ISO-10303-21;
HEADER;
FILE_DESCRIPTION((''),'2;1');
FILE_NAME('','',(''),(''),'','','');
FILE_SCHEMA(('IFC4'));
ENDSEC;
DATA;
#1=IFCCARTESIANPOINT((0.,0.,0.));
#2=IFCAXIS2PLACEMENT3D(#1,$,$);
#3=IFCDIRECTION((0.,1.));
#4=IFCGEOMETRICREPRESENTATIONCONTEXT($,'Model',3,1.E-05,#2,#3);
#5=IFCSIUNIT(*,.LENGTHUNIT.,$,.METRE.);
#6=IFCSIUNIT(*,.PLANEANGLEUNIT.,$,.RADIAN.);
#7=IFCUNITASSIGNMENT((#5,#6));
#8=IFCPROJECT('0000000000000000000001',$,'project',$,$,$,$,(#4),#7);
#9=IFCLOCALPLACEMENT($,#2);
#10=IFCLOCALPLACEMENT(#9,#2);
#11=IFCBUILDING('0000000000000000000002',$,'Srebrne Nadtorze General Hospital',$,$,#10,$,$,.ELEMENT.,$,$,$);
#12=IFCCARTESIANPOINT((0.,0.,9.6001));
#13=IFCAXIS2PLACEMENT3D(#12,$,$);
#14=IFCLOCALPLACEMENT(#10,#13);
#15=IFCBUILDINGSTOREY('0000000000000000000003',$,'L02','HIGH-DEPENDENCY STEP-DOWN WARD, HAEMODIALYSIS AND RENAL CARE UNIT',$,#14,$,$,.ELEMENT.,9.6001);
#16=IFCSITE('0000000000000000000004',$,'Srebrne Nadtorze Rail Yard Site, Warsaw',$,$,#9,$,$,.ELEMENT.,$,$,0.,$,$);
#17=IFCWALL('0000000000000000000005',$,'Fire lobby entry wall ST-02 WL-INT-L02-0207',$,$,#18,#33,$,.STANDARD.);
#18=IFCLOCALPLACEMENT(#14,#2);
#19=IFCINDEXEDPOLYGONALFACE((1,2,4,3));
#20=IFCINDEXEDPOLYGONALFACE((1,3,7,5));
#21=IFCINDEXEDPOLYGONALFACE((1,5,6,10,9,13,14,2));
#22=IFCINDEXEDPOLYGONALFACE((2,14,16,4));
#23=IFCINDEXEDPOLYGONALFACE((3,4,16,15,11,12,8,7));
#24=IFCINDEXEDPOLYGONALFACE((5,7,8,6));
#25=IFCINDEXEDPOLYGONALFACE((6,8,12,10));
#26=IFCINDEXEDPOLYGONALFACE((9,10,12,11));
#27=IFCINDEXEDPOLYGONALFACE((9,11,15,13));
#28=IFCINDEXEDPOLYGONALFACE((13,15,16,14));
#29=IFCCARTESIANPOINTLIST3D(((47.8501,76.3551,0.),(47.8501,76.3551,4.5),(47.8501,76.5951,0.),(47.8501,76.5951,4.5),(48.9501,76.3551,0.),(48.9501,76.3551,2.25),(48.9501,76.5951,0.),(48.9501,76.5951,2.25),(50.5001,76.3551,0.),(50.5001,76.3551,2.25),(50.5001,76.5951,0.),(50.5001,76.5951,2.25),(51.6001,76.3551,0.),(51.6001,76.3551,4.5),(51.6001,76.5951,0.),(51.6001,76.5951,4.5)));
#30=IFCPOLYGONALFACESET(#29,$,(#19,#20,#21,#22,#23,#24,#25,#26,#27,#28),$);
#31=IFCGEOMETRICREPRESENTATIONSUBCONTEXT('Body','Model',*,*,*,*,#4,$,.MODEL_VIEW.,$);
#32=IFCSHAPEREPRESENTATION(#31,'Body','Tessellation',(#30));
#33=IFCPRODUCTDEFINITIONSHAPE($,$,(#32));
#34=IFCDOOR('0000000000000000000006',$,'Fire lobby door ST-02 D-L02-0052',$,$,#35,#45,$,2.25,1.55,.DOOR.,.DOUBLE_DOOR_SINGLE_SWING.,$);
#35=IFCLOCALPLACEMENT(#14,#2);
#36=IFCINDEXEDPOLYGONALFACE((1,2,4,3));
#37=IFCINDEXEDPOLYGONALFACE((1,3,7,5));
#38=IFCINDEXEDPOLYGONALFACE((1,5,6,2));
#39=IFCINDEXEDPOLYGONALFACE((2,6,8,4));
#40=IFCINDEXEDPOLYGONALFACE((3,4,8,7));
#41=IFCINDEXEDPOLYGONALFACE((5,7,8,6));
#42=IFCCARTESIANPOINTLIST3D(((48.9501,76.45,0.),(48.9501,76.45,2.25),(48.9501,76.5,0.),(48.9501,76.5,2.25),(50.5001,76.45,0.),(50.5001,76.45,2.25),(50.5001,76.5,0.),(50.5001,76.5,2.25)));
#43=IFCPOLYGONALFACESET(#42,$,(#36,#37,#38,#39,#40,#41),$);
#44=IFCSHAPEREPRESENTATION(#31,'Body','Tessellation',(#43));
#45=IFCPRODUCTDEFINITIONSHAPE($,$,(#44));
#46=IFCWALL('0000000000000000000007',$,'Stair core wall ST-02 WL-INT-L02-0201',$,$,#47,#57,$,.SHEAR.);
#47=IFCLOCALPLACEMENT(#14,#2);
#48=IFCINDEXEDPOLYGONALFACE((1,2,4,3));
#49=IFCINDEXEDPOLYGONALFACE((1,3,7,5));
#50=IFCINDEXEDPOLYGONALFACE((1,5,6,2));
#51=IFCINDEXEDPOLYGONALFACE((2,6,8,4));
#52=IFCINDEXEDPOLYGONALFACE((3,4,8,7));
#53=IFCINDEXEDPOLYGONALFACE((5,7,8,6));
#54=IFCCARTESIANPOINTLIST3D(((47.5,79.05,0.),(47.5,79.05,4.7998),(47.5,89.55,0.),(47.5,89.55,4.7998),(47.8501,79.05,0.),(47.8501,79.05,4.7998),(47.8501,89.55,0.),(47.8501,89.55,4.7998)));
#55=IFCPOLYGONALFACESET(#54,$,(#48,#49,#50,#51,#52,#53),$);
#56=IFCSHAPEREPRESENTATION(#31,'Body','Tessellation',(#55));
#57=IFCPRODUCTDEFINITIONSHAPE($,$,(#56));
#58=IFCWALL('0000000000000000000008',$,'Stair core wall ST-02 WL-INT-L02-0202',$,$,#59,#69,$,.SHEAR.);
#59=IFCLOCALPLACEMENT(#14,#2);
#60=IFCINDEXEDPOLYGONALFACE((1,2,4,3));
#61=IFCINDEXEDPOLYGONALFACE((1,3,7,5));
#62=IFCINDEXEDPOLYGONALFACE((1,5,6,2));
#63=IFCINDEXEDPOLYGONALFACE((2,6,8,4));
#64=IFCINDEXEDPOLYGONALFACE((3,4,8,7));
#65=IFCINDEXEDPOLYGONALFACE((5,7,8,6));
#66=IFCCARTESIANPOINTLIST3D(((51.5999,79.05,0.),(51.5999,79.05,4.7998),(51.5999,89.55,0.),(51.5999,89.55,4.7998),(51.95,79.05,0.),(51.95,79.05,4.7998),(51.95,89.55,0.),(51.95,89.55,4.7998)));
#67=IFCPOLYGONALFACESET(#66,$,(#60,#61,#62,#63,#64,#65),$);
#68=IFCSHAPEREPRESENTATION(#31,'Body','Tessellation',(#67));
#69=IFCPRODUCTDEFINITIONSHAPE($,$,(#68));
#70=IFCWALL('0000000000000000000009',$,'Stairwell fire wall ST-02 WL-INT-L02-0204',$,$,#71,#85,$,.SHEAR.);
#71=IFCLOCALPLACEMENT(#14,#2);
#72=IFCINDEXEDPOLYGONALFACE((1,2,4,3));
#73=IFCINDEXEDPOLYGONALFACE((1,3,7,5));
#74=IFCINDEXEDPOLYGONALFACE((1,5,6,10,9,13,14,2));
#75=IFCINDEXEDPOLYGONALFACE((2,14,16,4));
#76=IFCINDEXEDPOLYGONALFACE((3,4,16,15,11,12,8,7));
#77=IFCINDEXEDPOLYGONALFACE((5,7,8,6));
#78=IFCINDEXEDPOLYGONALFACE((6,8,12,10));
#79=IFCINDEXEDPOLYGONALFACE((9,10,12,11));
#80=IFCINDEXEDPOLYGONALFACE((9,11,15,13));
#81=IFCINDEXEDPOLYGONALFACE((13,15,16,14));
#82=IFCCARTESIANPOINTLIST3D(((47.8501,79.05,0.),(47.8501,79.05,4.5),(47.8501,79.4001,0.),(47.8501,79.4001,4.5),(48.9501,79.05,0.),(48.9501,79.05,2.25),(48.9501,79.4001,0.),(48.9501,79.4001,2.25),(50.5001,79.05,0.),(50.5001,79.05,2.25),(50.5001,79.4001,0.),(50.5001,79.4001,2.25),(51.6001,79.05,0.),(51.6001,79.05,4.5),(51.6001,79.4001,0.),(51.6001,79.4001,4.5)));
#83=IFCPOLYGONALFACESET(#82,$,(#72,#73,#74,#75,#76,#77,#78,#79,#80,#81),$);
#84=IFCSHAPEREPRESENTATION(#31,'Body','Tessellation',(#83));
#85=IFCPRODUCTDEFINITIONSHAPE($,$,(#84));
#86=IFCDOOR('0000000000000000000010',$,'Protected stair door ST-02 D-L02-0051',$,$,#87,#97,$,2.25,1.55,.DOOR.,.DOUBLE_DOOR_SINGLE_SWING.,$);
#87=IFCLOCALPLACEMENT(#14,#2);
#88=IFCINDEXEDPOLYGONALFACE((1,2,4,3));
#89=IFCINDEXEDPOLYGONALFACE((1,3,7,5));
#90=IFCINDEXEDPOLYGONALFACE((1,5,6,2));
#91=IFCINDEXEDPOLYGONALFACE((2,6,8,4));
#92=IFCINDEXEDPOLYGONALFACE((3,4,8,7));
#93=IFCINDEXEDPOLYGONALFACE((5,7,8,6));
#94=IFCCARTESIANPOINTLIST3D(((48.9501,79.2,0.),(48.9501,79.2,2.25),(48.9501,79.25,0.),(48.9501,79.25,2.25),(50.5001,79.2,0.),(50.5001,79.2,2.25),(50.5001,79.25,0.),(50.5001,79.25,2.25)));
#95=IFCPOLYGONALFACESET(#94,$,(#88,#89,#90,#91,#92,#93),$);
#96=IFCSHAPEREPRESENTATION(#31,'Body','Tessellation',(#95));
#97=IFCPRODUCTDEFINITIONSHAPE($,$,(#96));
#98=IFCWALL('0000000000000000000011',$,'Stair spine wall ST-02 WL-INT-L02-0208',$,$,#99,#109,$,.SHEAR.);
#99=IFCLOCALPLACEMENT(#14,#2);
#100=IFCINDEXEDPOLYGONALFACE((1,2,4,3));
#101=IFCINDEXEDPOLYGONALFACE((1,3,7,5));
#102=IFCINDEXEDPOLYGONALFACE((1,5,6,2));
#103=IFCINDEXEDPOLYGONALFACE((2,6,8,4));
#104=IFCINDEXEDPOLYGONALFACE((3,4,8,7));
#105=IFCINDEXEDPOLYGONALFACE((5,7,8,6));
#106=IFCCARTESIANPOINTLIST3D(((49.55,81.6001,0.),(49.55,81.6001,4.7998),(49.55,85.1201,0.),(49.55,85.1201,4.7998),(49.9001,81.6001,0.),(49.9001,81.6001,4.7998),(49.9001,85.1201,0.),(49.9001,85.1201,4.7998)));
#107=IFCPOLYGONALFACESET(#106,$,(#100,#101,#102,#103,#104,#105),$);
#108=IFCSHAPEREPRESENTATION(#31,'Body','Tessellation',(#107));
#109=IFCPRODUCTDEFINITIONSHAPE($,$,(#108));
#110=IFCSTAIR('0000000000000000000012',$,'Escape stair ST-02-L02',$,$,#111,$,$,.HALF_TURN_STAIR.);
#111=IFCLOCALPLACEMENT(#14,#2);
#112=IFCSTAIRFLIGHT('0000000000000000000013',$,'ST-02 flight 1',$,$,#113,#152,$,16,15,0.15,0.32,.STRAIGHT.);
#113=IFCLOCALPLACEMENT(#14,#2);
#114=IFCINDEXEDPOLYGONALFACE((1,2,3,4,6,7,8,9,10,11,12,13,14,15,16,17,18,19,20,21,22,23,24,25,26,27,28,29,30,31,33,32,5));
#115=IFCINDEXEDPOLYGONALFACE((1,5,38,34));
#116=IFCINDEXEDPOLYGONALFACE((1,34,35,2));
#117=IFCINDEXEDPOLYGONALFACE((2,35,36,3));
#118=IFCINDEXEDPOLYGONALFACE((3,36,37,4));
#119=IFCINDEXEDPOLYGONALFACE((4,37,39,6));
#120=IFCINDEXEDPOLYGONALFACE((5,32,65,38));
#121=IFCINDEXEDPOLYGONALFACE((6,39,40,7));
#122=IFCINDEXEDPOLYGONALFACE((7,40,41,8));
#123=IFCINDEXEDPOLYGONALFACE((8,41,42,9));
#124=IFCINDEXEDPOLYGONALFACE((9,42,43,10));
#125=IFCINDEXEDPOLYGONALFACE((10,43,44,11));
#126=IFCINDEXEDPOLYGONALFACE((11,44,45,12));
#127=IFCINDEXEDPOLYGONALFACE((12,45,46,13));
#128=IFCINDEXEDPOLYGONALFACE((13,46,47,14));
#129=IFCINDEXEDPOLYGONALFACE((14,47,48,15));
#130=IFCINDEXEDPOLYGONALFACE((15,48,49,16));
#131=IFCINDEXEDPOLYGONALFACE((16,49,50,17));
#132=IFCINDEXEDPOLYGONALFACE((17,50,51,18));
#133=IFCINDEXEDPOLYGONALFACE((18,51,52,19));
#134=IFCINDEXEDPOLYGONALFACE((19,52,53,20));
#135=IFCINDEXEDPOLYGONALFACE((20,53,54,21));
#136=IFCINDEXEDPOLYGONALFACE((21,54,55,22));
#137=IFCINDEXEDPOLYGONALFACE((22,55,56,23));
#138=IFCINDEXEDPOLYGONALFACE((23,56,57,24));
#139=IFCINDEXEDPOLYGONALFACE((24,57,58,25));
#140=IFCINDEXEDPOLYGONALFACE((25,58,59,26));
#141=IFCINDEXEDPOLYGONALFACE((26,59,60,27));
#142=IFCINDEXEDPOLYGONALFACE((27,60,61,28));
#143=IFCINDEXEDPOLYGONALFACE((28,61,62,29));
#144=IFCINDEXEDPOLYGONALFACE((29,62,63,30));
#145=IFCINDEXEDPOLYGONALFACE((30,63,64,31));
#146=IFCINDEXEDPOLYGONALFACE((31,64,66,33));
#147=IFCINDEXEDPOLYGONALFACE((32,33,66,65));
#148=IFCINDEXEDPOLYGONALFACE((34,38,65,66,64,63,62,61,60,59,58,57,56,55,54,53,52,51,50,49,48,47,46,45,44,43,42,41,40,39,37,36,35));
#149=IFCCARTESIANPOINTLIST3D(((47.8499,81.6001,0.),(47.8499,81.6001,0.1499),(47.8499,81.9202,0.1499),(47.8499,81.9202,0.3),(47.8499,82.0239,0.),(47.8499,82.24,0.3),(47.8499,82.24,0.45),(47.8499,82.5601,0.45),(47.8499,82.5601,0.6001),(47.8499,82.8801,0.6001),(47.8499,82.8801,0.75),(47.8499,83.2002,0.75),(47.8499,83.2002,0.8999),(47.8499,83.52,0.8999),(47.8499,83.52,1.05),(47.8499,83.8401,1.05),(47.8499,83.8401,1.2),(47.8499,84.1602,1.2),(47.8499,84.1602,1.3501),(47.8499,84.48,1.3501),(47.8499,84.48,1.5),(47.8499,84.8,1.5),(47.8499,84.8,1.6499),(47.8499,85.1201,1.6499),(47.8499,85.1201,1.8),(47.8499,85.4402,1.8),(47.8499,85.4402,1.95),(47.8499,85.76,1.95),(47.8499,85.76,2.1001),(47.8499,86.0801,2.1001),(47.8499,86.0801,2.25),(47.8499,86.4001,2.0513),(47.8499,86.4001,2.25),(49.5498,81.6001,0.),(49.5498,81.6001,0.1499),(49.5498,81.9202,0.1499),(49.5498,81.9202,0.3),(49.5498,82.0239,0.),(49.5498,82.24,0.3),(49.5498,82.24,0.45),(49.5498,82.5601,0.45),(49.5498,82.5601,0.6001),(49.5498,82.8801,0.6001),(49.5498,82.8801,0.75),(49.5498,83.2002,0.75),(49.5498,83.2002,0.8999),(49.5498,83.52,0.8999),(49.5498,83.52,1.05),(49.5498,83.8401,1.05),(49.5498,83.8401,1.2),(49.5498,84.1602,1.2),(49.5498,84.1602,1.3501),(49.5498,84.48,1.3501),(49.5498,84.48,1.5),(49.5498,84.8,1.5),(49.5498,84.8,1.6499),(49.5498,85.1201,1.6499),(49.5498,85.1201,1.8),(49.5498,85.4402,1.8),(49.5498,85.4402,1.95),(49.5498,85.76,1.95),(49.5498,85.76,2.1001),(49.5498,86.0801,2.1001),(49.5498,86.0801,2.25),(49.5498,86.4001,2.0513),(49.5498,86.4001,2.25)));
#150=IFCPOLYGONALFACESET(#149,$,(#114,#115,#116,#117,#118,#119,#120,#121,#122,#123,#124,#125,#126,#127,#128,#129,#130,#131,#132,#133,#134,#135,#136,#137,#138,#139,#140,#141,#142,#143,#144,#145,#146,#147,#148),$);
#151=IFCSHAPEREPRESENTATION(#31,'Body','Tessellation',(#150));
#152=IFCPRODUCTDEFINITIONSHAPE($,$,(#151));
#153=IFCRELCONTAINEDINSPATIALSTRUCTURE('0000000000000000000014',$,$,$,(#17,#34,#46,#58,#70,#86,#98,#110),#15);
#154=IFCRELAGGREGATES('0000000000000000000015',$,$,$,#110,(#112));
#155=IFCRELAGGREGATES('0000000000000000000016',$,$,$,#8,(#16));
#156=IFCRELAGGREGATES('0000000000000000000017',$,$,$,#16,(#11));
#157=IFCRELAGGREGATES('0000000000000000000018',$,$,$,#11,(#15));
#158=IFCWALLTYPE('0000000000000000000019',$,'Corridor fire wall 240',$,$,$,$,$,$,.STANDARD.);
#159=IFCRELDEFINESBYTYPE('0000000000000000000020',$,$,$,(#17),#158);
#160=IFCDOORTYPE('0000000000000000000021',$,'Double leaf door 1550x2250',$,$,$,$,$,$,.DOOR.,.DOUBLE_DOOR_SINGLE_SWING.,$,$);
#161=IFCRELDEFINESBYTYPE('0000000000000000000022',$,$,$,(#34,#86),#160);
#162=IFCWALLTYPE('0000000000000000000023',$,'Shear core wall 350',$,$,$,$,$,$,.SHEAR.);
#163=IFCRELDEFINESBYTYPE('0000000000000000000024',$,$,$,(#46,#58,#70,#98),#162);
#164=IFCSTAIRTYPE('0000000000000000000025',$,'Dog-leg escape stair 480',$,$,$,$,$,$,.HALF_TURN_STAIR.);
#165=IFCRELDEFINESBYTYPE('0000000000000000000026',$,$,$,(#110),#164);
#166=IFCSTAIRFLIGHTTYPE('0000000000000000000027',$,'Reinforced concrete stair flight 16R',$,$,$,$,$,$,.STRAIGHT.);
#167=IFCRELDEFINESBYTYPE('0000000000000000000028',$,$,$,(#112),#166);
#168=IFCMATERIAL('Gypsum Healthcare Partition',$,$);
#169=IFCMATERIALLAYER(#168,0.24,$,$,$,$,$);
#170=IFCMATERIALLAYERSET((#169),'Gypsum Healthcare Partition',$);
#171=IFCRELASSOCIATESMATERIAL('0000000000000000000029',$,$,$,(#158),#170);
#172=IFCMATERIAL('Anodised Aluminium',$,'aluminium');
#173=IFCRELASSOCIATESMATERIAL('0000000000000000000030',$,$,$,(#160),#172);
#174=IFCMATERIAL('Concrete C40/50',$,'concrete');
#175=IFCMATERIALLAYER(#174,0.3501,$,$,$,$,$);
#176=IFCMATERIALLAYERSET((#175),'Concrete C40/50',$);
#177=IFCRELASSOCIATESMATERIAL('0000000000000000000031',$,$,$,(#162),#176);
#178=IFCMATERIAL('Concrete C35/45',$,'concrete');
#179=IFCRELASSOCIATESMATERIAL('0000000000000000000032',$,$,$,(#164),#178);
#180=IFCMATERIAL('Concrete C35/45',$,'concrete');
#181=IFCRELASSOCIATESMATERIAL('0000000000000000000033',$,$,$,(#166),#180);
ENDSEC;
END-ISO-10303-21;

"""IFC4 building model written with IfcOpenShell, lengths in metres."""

from ifc_helpers import new_model, si_unit, direction, frame, frame_2d, origin, place, context, subcontext, project, spatial, polyline, rectangle, outline, extrude, material, layer, layer_set, type_object, element, fill, aggregate, save


model = new_model("IFC4")

# Units and contexts
model_context = context("Model", 3, precision=1e-05, world=origin(), true_north=direction((0.0, 1.0)))
body_context = subcontext(model_context, "Body", "Model", "MODEL_VIEW")
ifc_project = project(units=[si_unit("LENGTHUNIT", "METRE"), si_unit("PLANEANGLEUNIT", "RADIAN")], contexts=[model_context])

# Site, building, storey
site_placement = place(None, origin())
site = spatial("IfcSite", under=ifc_project, at=site_placement, Name="Srebrne Nadtorze Rail Yard Site, Warsaw", CompositionType="ELEMENT", RefElevation=0.0)
building_placement = place(site_placement, origin())
building = spatial("IfcBuilding", under=site, at=building_placement, Name="Srebrne Nadtorze General Hospital", CompositionType="ELEMENT")
storey_placement = place(building_placement, frame((0.0, 0.0, 9.6001)))
storey = spatial("IfcBuildingStorey", under=building, at=storey_placement, Name="L02", Description="HIGH-DEPENDENCY STEP-DOWN WARD, HAEMODIALYSIS AND RENAL CARE UNIT", CompositionType="ELEMENT", Elevation=9.6001)

# Shared definitions
ifc_material_1 = material(Name="Gypsum Healthcare Partition")
ifc_layer_1 = layer(ifc_material_1, 0.24)
ifc_layer_set_1 = layer_set([ifc_layer_1], Name="Gypsum Healthcare Partition")
wall_type_1 = type_object("IfcWallType", Name="Corridor fire wall 240", PredefinedType="STANDARD", material=ifc_layer_set_1)

# Wall, opening, door
wall_1_placement = place(storey_placement, frame((47.8501, 76.4751, 0.0), z_axis=(0.0, 0.0, 1.0), x_axis=(1.0, 0.0, 0.0)))
wall_1 = element("IfcWall", 1, at=wall_1_placement, inside=storey, type_object=wall_type_1, Name="Fire lobby entry wall ST-02 WL-INT-L02-0207", PredefinedType="STANDARD", context=body_context, shape_type="SweptSolid", body=[
    extrude(rectangle(XDim=3.75, YDim=0.24, at=frame_2d((1.875, 0.0))), origin(), (0.0, 0.0, 1.0), 4.5),
])
opening_1_placement = place(wall_1_placement, frame((1.1001, 0.0, 0.0)))
opening_1 = element("IfcOpeningElement", 2, at=opening_1_placement, cuts=wall_1, PredefinedType="OPENING", context=body_context, shape_type="SweptSolid", body=[
    extrude(rectangle(XDim=1.55, YDim=2.25, at=frame_2d((0.7749, 1.125))), frame((0.0, 0.1318, 0.0), z_axis=(0.0, -1.0, 0.0), x_axis=(1.0, 0.0, 0.0)), (0.0, 0.0, 1.0), 0.2639),
])
ifc_material_2 = material(Name="Anodised Aluminium", Category="aluminium")
door_type_1 = type_object("IfcDoorType", Name="Double leaf door 1550x2250", OperationType="DOUBLE_DOOR_SINGLE_SWING", PredefinedType="DOOR", material=ifc_material_2)
door_1_placement = place(opening_1_placement, origin())
door_1 = element("IfcDoor", 3, at=door_1_placement, inside=storey, type_object=door_type_1, Name="Fire lobby door ST-02 D-L02-0052", OperationType="DOUBLE_DOOR_SINGLE_SWING", OverallHeight=2.25, OverallWidth=1.55, PredefinedType="DOOR", context=body_context, shape_type="SweptSolid", body=[
    extrude(rectangle(XDim=1.55, YDim=2.25, at=frame_2d((0.7749, 1.125))), frame((0.0, 0.0249, 0.0), z_axis=(0.0, -1.0, 0.0), x_axis=(1.0, 0.0, 0.0)), (0.0, 0.0, 1.0), 0.05),
])
fill(opening_1, door_1)

# Walls
ifc_material_3 = material(Name="Concrete C40/50", Category="concrete")
ifc_layer_2 = layer(ifc_material_3, 0.3501)
ifc_layer_set_2 = layer_set([ifc_layer_2], Name="Concrete C40/50")
wall_type_2 = type_object("IfcWallType", Name="Shear core wall 350", PredefinedType="SHEAR", material=ifc_layer_set_2)
for number, where, z_axis, x_axis, name in (
    (4, (47.675, 79.05, 0.0), (0.0, 0.0, 1.0), (0.0, 1.0, 0.0), "Stair core wall ST-02 WL-INT-L02-0201"),
    (5, (51.7749, 79.05, 0.0), (0.0, 0.0, 1.0), (0.0, 1.0, 0.0), "Stair core wall ST-02 WL-INT-L02-0202"),
):
    element("IfcWall", number, at=place(storey_placement, frame(where, z_axis=z_axis, x_axis=x_axis)), inside=storey, type_object=wall_type_2, Name=name, PredefinedType="SHEAR", context=body_context, shape_type="SweptSolid", body=[
        extrude(rectangle(XDim=10.5, YDim=0.3501, at=frame_2d((5.25, 0.0))), origin(), (0.0, 0.0, 1.0), 4.7998),
    ])

# Wall, opening, door
wall_2_placement = place(storey_placement, frame((47.8501, 79.2251, 0.0), z_axis=(0.0, 0.0, 1.0), x_axis=(1.0, 0.0, 0.0)))
wall_2 = element("IfcWall", 6, at=wall_2_placement, inside=storey, type_object=wall_type_2, Name="Stairwell fire wall ST-02 WL-INT-L02-0204", PredefinedType="SHEAR", context=body_context, shape_type="SweptSolid", body=[
    extrude(rectangle(XDim=3.75, YDim=0.3501, at=frame_2d((1.875, 0.0))), origin(), (0.0, 0.0, 1.0), 4.5),
])
opening_2_placement = place(wall_2_placement, frame((1.1001, 0.0, 0.0)))
opening_2 = element("IfcOpeningElement", 7, at=opening_2_placement, cuts=wall_2, PredefinedType="OPENING", context=body_context, shape_type="SweptSolid", body=[
    extrude(rectangle(XDim=1.55, YDim=2.25, at=frame_2d((0.7749, 1.125))), frame((0.0, 0.187, 0.0), z_axis=(0.0, -1.0, 0.0), x_axis=(1.0, 0.0, 0.0)), (0.0, 0.0, 1.0), 0.374),
])
door_2_placement = place(opening_2_placement, origin())
door_2 = element("IfcDoor", 8, at=door_2_placement, inside=storey, type_object=door_type_1, Name="Protected stair door ST-02 D-L02-0051", OperationType="DOUBLE_DOOR_SINGLE_SWING", OverallHeight=2.25, OverallWidth=1.55, PredefinedType="DOOR", context=body_context, shape_type="SweptSolid", body=[
    extrude(rectangle(XDim=1.55, YDim=2.25, at=frame_2d((0.7749, 1.125))), frame((0.0, 0.0249, 0.0), z_axis=(0.0, -1.0, 0.0), x_axis=(1.0, 0.0, 0.0)), (0.0, 0.0, 1.0), 0.05),
])
fill(opening_2, door_2)

# Wall
wall_3_placement = place(storey_placement, frame((49.7251, 81.6001, 0.0), z_axis=(0.0, 0.0, 1.0), x_axis=(0.0, 1.0, 0.0)))
element("IfcWall", 9, at=wall_3_placement, inside=storey, type_object=wall_type_2, Name="Stair spine wall ST-02 WL-INT-L02-0208", PredefinedType="SHEAR", context=body_context, shape_type="SweptSolid", body=[
    extrude(rectangle(XDim=3.52, YDim=0.3501, at=frame_2d((1.76, 0.0))), origin(), (0.0, 0.0, 1.0), 4.7998),
])

# Stair, stair flight
ifc_material_4 = material(Name="Concrete C35/45", Category="concrete")
stair_type = type_object("IfcStairType", Name="Dog-leg escape stair 480", PredefinedType="HALF_TURN_STAIR", material=ifc_material_4)
stair_placement = place(storey_placement, origin())
stair = element("IfcStair", 10, at=stair_placement, inside=storey, type_object=stair_type, Name="Escape stair ST-02-L02", PredefinedType="HALF_TURN_STAIR")
ifc_material_5 = material(Name="Concrete C35/45", Category="concrete")
stair_flight_type = type_object("IfcStairFlightType", Name="Reinforced concrete stair flight 16R", PredefinedType="STRAIGHT", material=ifc_material_5)
stair_flight_placement = place(storey_placement, frame((48.7, 81.6001, 0.0), z_axis=(0.0, 0.0, 1.0), x_axis=(0.0, 1.0, 0.0)))
stair_flight = element("IfcStairFlight", 11, at=stair_flight_placement, type_object=stair_flight_type, Name="ST-02 flight 1", NumberOfRisers=16, NumberOfTreads=15, PredefinedType="STRAIGHT", RiserHeight=0.15, TreadLength=0.32, context=body_context, shape_type="SweptSolid", body=[
    extrude(outline(polyline([(0.0, 0.0), (0.0, 0.1499), (0.3201, 0.1499), (0.3201, 0.3), (0.6399, 0.3), (0.6399, 0.45), (0.96, 0.45), (0.96, 0.6001), (1.28, 0.6001), (1.28, 0.75), (1.6001, 0.75), (1.6001, 0.8999), (1.9199, 0.8999), (1.9199, 1.05), (2.24, 1.05), (2.24, 1.2), (2.5601, 1.2), (2.5601, 1.3501), (2.8799, 1.3501), (2.8799, 1.5), (3.2, 1.5), (3.2, 1.6499), (3.52, 1.6499), (3.52, 1.8), (3.8401, 1.8), (3.8401, 1.95), (4.1599, 1.95), (4.1599, 2.1001), (4.48, 2.1001), (4.48, 2.25), (4.8, 2.25), (4.8, 2.3999), (4.8, 2.0513), (0.4238, 0.0), (0.0, 0.0)])), frame((0.0, 0.8501, 0.0), z_axis=(0.0, -1.0, 0.0), x_axis=(1.0, 0.0, 0.0)), (0.0, 0.0, 1.0), 1.7),
])
aggregate(stair, [stair_flight])

save(model, "model.ifc")
